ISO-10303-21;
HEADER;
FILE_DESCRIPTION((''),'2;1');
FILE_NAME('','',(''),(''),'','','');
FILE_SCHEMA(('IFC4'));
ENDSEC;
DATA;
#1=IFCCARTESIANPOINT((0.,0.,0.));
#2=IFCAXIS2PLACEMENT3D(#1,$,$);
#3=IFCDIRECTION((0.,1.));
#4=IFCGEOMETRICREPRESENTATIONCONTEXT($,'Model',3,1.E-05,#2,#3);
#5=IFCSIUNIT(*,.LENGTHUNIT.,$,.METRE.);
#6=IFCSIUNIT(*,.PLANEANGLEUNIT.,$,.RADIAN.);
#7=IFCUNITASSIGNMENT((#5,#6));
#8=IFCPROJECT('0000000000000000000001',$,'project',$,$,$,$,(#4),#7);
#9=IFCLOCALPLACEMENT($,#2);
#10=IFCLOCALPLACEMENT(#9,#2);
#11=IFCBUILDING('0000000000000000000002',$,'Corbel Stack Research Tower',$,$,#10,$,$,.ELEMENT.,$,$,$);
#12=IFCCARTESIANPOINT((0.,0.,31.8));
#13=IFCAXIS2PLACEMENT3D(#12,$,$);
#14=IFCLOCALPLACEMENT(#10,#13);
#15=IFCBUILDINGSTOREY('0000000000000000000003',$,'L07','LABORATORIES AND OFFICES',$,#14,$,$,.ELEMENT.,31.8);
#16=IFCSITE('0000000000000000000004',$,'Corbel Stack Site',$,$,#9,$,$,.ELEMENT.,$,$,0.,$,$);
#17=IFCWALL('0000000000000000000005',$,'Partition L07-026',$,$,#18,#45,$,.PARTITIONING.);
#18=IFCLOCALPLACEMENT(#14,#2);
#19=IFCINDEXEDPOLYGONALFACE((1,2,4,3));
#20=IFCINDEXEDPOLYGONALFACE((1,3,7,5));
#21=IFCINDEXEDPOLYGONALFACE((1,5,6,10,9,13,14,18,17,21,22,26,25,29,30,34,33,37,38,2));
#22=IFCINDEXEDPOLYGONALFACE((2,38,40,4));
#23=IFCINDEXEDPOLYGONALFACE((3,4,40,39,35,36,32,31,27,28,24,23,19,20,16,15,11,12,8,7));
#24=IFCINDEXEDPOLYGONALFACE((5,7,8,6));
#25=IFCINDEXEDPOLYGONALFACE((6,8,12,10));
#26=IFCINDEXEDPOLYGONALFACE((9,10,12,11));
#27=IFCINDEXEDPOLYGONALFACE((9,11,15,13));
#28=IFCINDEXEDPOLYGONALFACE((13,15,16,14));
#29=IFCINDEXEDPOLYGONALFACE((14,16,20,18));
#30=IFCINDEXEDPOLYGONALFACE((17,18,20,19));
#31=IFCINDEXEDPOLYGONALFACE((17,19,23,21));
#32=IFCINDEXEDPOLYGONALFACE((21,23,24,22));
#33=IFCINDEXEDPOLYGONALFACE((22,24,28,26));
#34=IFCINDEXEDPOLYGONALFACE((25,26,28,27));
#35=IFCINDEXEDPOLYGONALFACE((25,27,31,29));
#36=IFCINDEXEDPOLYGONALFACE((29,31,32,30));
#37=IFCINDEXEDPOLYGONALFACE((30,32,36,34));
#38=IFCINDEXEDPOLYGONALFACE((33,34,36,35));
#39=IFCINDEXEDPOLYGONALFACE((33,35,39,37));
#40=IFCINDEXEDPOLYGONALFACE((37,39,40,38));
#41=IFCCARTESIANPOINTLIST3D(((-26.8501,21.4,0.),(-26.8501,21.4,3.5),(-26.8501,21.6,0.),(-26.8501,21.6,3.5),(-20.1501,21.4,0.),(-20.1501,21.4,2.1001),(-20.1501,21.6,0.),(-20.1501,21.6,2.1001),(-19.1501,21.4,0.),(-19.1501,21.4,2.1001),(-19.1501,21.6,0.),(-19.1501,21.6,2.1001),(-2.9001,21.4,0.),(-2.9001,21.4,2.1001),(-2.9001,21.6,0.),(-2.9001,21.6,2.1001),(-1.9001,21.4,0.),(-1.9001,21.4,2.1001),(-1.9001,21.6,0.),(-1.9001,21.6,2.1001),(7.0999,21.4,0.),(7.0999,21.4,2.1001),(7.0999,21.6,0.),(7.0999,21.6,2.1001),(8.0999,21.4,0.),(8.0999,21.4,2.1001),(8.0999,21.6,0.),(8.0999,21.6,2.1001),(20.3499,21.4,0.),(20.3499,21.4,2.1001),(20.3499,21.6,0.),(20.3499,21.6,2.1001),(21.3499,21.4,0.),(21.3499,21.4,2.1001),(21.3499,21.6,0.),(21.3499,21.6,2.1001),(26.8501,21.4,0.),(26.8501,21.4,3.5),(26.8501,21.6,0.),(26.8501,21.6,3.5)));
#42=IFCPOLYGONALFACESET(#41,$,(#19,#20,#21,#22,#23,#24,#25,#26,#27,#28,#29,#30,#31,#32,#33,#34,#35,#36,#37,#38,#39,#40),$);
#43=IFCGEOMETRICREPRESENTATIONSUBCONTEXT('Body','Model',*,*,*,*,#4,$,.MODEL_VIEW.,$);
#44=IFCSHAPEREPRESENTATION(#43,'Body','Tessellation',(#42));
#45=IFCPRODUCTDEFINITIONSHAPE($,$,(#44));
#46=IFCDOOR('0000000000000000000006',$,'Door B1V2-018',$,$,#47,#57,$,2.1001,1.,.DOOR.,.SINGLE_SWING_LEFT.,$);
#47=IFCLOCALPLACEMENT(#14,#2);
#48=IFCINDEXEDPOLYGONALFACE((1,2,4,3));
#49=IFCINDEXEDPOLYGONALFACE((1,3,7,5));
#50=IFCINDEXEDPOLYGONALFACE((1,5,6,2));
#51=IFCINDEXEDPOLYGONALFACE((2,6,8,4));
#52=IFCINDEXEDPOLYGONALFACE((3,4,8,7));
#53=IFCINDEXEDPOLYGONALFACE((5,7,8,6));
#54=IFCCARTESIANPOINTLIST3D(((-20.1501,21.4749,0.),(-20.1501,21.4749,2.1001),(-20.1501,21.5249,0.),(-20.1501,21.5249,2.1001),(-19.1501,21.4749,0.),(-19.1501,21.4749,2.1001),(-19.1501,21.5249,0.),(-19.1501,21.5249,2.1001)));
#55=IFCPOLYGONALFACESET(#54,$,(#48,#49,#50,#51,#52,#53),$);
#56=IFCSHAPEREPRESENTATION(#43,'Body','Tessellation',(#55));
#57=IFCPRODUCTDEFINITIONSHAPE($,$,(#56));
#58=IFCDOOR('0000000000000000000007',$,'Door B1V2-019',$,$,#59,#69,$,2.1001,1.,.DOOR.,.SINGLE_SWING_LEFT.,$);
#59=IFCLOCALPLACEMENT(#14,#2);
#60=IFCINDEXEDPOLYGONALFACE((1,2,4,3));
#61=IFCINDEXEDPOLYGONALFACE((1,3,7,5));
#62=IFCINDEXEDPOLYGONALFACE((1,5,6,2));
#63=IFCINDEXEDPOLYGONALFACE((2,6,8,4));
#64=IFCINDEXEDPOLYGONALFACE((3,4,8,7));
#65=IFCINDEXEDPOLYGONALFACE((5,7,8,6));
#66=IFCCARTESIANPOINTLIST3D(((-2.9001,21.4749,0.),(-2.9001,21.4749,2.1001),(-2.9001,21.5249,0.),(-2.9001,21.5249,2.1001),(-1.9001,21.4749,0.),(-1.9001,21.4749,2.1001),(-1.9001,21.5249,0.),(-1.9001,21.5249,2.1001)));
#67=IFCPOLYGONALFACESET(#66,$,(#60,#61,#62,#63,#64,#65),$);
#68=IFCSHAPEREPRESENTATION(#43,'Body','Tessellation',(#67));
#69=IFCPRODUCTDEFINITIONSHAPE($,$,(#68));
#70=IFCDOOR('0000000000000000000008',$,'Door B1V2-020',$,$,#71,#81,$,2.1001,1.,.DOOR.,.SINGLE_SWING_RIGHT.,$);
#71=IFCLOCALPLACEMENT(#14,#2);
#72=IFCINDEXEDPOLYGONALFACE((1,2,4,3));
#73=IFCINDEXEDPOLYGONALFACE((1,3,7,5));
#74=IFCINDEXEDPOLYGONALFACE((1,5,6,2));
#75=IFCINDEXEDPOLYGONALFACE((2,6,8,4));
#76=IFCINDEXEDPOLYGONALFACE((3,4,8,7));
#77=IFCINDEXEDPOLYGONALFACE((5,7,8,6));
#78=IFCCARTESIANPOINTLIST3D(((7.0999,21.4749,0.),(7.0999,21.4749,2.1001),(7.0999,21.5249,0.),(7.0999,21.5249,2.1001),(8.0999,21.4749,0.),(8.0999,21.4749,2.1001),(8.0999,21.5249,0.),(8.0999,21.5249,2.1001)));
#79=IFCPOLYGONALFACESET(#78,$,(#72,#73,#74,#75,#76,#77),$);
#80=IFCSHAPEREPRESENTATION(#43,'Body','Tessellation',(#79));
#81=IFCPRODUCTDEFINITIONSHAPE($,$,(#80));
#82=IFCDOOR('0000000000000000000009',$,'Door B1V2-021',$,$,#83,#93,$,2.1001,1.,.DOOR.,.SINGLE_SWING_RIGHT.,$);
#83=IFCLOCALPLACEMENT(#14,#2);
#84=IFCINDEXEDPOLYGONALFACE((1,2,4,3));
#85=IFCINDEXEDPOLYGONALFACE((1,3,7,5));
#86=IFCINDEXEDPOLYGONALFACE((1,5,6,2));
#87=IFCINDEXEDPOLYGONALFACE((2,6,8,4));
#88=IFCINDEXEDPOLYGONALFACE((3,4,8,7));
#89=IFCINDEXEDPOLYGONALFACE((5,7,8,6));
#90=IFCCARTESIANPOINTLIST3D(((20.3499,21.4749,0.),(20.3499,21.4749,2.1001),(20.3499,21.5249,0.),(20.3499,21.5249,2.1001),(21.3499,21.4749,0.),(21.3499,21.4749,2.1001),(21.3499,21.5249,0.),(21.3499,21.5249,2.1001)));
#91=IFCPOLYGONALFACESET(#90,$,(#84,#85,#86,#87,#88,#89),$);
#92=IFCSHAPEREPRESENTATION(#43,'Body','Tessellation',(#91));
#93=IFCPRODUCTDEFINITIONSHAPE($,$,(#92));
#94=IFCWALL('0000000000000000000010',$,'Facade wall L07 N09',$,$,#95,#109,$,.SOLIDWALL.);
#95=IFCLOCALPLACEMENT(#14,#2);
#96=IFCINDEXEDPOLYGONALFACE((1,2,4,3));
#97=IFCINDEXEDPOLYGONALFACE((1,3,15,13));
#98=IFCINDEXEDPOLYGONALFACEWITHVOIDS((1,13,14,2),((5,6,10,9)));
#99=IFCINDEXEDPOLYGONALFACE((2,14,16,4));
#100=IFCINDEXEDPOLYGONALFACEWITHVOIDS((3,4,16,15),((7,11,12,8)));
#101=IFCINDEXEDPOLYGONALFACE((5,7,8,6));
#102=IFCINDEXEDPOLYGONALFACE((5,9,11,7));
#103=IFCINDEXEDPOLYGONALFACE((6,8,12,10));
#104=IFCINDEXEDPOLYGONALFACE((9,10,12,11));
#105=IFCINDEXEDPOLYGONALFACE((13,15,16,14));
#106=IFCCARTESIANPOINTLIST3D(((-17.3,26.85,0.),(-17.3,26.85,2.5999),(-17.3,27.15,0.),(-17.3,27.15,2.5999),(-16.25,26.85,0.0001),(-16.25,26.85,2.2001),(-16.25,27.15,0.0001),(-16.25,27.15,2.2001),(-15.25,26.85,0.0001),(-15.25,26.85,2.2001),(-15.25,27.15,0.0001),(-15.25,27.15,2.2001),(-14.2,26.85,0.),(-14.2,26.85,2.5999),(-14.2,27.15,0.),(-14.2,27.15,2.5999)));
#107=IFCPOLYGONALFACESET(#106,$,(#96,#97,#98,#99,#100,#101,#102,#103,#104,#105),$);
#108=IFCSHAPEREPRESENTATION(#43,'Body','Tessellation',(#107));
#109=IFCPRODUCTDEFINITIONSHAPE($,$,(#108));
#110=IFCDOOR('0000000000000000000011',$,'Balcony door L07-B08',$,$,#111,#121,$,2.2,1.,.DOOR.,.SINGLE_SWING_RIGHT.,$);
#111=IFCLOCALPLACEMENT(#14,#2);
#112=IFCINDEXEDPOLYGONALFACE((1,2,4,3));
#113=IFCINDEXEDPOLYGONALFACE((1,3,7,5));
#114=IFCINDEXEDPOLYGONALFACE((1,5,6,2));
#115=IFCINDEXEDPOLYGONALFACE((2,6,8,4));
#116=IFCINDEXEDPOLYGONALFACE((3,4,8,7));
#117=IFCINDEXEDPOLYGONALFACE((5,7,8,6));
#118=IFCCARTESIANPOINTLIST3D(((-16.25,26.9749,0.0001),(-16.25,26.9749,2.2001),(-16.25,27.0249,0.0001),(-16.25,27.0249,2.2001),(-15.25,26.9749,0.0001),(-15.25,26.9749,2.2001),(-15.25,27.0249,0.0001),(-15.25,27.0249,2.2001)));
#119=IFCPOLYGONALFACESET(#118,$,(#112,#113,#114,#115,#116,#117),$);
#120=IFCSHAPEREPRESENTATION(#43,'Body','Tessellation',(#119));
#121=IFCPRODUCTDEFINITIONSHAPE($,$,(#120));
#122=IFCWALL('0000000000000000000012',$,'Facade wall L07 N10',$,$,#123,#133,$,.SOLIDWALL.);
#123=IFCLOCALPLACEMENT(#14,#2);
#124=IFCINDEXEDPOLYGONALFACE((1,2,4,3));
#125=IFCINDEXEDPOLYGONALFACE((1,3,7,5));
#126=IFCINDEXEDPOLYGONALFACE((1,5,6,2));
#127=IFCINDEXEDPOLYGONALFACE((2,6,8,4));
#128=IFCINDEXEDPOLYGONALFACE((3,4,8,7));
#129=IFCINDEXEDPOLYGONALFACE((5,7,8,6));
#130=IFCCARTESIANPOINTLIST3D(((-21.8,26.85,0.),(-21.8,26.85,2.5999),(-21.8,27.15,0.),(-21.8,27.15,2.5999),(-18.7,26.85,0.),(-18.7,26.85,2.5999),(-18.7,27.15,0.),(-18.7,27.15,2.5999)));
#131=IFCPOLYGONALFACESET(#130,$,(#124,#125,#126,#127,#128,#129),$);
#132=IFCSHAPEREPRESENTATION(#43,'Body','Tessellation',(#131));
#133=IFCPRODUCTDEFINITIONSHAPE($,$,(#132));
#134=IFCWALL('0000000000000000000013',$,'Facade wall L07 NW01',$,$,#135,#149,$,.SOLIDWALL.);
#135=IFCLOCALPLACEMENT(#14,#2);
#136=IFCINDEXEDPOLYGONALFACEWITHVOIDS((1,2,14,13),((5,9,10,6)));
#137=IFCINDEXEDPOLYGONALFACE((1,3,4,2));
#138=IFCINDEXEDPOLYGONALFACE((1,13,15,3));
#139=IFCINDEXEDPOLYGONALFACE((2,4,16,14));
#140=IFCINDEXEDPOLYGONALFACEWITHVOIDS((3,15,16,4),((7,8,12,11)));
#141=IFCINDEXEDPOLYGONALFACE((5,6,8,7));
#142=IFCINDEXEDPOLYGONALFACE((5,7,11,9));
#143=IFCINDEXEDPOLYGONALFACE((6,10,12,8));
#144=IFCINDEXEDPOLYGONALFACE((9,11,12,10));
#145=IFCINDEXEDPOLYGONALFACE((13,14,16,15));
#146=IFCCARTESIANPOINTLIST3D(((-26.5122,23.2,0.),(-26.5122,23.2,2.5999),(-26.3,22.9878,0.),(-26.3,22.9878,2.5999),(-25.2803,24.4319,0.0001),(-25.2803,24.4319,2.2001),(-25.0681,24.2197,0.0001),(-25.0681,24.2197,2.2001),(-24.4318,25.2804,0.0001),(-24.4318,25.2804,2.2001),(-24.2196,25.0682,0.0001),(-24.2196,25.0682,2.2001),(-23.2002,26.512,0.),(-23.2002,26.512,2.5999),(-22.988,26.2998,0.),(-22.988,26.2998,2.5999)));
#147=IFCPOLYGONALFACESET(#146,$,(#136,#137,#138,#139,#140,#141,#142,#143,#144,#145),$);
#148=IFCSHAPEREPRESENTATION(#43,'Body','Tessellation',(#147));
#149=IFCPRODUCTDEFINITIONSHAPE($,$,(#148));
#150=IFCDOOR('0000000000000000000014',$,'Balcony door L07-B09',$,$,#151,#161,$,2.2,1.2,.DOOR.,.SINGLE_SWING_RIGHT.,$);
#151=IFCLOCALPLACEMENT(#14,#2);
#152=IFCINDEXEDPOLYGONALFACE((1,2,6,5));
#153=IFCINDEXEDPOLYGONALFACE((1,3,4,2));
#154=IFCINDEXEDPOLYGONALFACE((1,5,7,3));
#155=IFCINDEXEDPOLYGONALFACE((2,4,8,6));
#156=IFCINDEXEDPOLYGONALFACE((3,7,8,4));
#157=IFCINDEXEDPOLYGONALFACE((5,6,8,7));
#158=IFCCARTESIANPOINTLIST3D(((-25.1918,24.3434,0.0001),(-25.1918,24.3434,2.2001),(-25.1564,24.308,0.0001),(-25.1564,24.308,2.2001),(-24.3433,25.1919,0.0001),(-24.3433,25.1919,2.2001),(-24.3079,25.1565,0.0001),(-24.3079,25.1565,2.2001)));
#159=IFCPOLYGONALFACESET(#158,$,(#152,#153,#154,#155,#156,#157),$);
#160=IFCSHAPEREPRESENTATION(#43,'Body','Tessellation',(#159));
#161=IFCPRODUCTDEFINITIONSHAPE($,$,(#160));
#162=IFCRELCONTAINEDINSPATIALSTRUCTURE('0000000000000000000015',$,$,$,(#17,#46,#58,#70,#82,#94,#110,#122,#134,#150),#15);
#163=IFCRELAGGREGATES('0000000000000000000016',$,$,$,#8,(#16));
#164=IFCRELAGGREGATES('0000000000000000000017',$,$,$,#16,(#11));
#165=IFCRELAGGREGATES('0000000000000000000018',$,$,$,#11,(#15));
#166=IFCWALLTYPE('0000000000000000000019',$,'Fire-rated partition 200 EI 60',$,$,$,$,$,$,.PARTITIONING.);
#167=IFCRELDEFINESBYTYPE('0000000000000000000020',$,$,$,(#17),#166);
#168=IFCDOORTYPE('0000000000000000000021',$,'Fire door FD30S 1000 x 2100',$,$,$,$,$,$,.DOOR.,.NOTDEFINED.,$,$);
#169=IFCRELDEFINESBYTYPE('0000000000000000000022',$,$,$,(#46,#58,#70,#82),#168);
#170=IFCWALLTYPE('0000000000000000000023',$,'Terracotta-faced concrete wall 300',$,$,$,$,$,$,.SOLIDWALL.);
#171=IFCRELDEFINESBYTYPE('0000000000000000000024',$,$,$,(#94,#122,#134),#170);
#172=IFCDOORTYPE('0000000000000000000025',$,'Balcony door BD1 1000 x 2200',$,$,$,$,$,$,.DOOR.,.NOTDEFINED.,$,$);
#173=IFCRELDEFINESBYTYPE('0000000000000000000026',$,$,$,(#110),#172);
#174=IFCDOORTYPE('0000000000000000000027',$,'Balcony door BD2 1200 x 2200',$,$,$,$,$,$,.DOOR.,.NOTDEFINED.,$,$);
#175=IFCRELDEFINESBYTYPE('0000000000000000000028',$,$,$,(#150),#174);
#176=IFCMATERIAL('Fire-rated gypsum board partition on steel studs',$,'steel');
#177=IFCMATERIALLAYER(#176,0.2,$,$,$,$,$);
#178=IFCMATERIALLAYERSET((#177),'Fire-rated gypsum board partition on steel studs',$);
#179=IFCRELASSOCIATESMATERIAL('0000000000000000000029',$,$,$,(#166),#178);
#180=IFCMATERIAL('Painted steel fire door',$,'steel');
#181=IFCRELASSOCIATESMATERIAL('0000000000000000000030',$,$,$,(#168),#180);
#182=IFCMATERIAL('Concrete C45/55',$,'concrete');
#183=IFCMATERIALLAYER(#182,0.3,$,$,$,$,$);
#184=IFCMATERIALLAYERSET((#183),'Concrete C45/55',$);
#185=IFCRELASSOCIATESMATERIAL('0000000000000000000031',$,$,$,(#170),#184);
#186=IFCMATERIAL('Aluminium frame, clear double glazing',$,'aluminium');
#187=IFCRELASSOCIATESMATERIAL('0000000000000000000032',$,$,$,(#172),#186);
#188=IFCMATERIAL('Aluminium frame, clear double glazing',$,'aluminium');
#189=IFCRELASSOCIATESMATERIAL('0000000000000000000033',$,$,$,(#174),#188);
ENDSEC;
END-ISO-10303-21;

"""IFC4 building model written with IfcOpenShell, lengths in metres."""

from ifc_helpers import new_model, si_unit, direction, frame, frame_2d, origin, place, context, subcontext, project, spatial, rectangle, extrude, material, layer, layer_set, type_object, element, fill, save


model = new_model("IFC4")

# Units and contexts
model_context = context("Model", 3, precision=1e-05, world=origin(), true_north=direction((0.0, 1.0)))
body_context = subcontext(model_context, "Body", "Model", "MODEL_VIEW")
ifc_project = project(units=[si_unit("LENGTHUNIT", "METRE"), si_unit("PLANEANGLEUNIT", "RADIAN")], contexts=[model_context])

# Site, building, storey
site_placement = place(None, origin())
site = spatial("IfcSite", under=ifc_project, at=site_placement, Name="Corbel Stack Site", CompositionType="ELEMENT", RefElevation=0.0)
building_placement = place(site_placement, origin())
building = spatial("IfcBuilding", under=site, at=building_placement, Name="Corbel Stack Research Tower", CompositionType="ELEMENT")
storey_placement = place(building_placement, frame((0.0, 0.0, 31.8)))
storey = spatial("IfcBuildingStorey", under=building, at=storey_placement, Name="L07", Description="LABORATORIES AND OFFICES", CompositionType="ELEMENT", Elevation=31.8)

# Shared definitions
ifc_material_1 = material(Name="Fire-rated gypsum board partition on steel studs", Category="steel")
ifc_layer_1 = layer(ifc_material_1, 0.2)
ifc_layer_set_1 = layer_set([ifc_layer_1], Name="Fire-rated gypsum board partition on steel studs")
wall_type_1 = type_object("IfcWallType", Name="Fire-rated partition 200 EI 60", PredefinedType="PARTITIONING", material=ifc_layer_set_1)

# Wall, openings, doors
wall_1_placement = place(storey_placement, frame((-26.8501, 21.5, 0.0), z_axis=(0.0, 0.0, 1.0), x_axis=(1.0, 0.0, 0.0)))
wall_1 = element("IfcWall", 1, at=wall_1_placement, inside=storey, type_object=wall_type_1, Name="Partition L07-026", PredefinedType="PARTITIONING", context=body_context, shape_type="SweptSolid", body=[
    extrude(rectangle(XDim=53.7002, YDim=0.2, at=frame_2d((26.8501, 0.0))), origin(), (0.0, 0.0, 1.0), 3.5),
])
opening_1_placement = place(wall_1_placement, frame((6.7, 0.0, 0.0)))
opening_1 = element("IfcOpeningElement", 2, at=opening_1_placement, cuts=wall_1, PredefinedType="OPENING", context=body_context, shape_type="SweptSolid", body=[
    extrude(rectangle(XDim=1.0, YDim=2.1001, at=frame_2d((0.5, 1.05))), frame((0.0, 0.1099, 0.0), z_axis=(0.0, -1.0, 0.0), x_axis=(1.0, 0.0, 0.0)), (0.0, 0.0, 1.0), 0.22),
])
opening_2_placement = place(wall_1_placement, frame((23.95, 0.0, 0.0)))
opening_2 = element("IfcOpeningElement", 3, at=opening_2_placement, cuts=wall_1, PredefinedType="OPENING", context=body_context, shape_type="SweptSolid", body=[
    extrude(rectangle(XDim=1.0, YDim=2.1001, at=frame_2d((0.5, 1.05))), frame((0.0, 0.1099, 0.0), z_axis=(0.0, -1.0, 0.0), x_axis=(1.0, 0.0, 0.0)), (0.0, 0.0, 1.0), 0.22),
])
opening_3_placement = place(wall_1_placement, frame((33.95, 0.0, 0.0)))
opening_3 = element("IfcOpeningElement", 4, at=opening_3_placement, cuts=wall_1, PredefinedType="OPENING", context=body_context, shape_type="SweptSolid", body=[
    extrude(rectangle(XDim=1.0, YDim=2.1001, at=frame_2d((0.5, 1.05))), frame((0.0, 0.1099, 0.0), z_axis=(0.0, -1.0, 0.0), x_axis=(1.0, 0.0, 0.0)), (0.0, 0.0, 1.0), 0.22),
])
opening_4_placement = place(wall_1_placement, frame((47.2, 0.0, 0.0)))
opening_4 = element("IfcOpeningElement", 5, at=opening_4_placement, cuts=wall_1, PredefinedType="OPENING", context=body_context, shape_type="SweptSolid", body=[
    extrude(rectangle(XDim=1.0, YDim=2.1001, at=frame_2d((0.5, 1.05))), frame((0.0, 0.1099, 0.0), z_axis=(0.0, -1.0, 0.0), x_axis=(1.0, 0.0, 0.0)), (0.0, 0.0, 1.0), 0.22),
])
ifc_material_2 = material(Name="Painted steel fire door", Category="steel")
door_type_1 = type_object("IfcDoorType", Name="Fire door FD30S 1000 x 2100", OperationType="NOTDEFINED", PredefinedType="DOOR", material=ifc_material_2)
door_1_placement = place(opening_1_placement, origin())
door_1 = element("IfcDoor", 6, at=door_1_placement, inside=storey, type_object=door_type_1, Name="Door B1V2-018", OperationType="SINGLE_SWING_LEFT", OverallHeight=2.1001, OverallWidth=1.0, PredefinedType="DOOR", context=body_context, shape_type="SweptSolid", body=[
    extrude(rectangle(XDim=1.0, YDim=2.1001, at=frame_2d((0.5, 1.05))), frame((0.0, 0.0249, 0.0), z_axis=(0.0, -1.0, 0.0), x_axis=(1.0, 0.0, 0.0)), (0.0, 0.0, 1.0), 0.05),
])
fill(opening_1, door_1)
door_2_placement = place(opening_2_placement, origin())
door_2 = element("IfcDoor", 7, at=door_2_placement, inside=storey, type_object=door_type_1, Name="Door B1V2-019", OperationType="SINGLE_SWING_LEFT", OverallHeight=2.1001, OverallWidth=1.0, PredefinedType="DOOR", context=body_context, shape_type="SweptSolid", body=[
    extrude(rectangle(XDim=1.0, YDim=2.1001, at=frame_2d((0.5, 1.05))), frame((0.0, 0.0249, 0.0), z_axis=(0.0, -1.0, 0.0), x_axis=(1.0, 0.0, 0.0)), (0.0, 0.0, 1.0), 0.05),
])
fill(opening_2, door_2)
door_3_placement = place(opening_3_placement, origin())
door_3 = element("IfcDoor", 8, at=door_3_placement, inside=storey, type_object=door_type_1, Name="Door B1V2-020", OperationType="SINGLE_SWING_RIGHT", OverallHeight=2.1001, OverallWidth=1.0, PredefinedType="DOOR", context=body_context, shape_type="SweptSolid", body=[
    extrude(rectangle(XDim=1.0, YDim=2.1001, at=frame_2d((0.5, 1.05))), frame((0.0, 0.0249, 0.0), z_axis=(0.0, -1.0, 0.0), x_axis=(1.0, 0.0, 0.0)), (0.0, 0.0, 1.0), 0.05),
])
fill(opening_3, door_3)
door_4_placement = place(opening_4_placement, origin())
door_4 = element("IfcDoor", 9, at=door_4_placement, inside=storey, type_object=door_type_1, Name="Door B1V2-021", OperationType="SINGLE_SWING_RIGHT", OverallHeight=2.1001, OverallWidth=1.0, PredefinedType="DOOR", context=body_context, shape_type="SweptSolid", body=[
    extrude(rectangle(XDim=1.0, YDim=2.1001, at=frame_2d((0.5, 1.05))), frame((0.0, 0.0249, 0.0), z_axis=(0.0, -1.0, 0.0), x_axis=(1.0, 0.0, 0.0)), (0.0, 0.0, 1.0), 0.05),
])
fill(opening_4, door_4)

# Wall, opening, door
ifc_material_3 = material(Name="Concrete C45/55", Category="concrete")
ifc_layer_2 = layer(ifc_material_3, 0.3)
ifc_layer_set_2 = layer_set([ifc_layer_2], Name="Concrete C45/55")
wall_type_2 = type_object("IfcWallType", Name="Terracotta-faced concrete wall 300", PredefinedType="SOLIDWALL", material=ifc_layer_set_2)
wall_2_placement = place(storey_placement, frame((-17.3, 27.0, 0.0), z_axis=(0.0, 0.0, 1.0), x_axis=(1.0, 0.0, 0.0)))
wall_2 = element("IfcWall", 10, at=wall_2_placement, inside=storey, type_object=wall_type_2, Name="Facade wall L07 N09", PredefinedType="SOLIDWALL", context=body_context, shape_type="SweptSolid", body=[
    extrude(rectangle(XDim=3.1001, YDim=0.3, at=frame_2d((1.55, 0.0))), origin(), (0.0, 0.0, 1.0), 2.5999),
])
opening_5_placement = place(wall_2_placement, frame((1.05, 0.0, 0.0)))
opening_5 = element("IfcOpeningElement", 11, at=opening_5_placement, cuts=wall_2, PredefinedType="OPENING", context=body_context, shape_type="SweptSolid", body=[
    extrude(rectangle(XDim=1.0, YDim=2.2, at=frame_2d((0.5, 1.1001))), frame((0.0, 0.1599, 0.0), z_axis=(0.0, -1.0, 0.0), x_axis=(1.0, 0.0, 0.0)), (0.0, 0.0, 1.0), 0.3201),
])
ifc_material_4 = material(Name="Aluminium frame, clear double glazing", Category="aluminium")
door_type_2 = type_object("IfcDoorType", Name="Balcony door BD1 1000 x 2200", OperationType="NOTDEFINED", PredefinedType="DOOR", material=ifc_material_4)
door_5_placement = place(opening_5_placement, origin())
door_5 = element("IfcDoor", 12, at=door_5_placement, inside=storey, type_object=door_type_2, Name="Balcony door L07-B08", OperationType="SINGLE_SWING_RIGHT", OverallHeight=2.2, OverallWidth=1.0, PredefinedType="DOOR", context=body_context, shape_type="SweptSolid", body=[
    extrude(rectangle(XDim=1.0, YDim=2.2, at=frame_2d((0.5, 1.1001))), frame((0.0, 0.0249, 0.0), z_axis=(0.0, -1.0, 0.0), x_axis=(1.0, 0.0, 0.0)), (0.0, 0.0, 1.0), 0.05),
])
fill(opening_5, door_5)

# Wall
wall_3_placement = place(storey_placement, frame((-21.8, 27.0, 0.0), z_axis=(0.0, 0.0, 1.0), x_axis=(1.0, 0.0, 0.0)))
element("IfcWall", 13, at=wall_3_placement, inside=storey, type_object=wall_type_2, Name="Facade wall L07 N10", PredefinedType="SOLIDWALL", context=body_context, shape_type="SweptSolid", body=[
    extrude(rectangle(XDim=3.1001, YDim=0.3, at=frame_2d((1.55, 0.0))), origin(), (0.0, 0.0, 1.0), 2.5999),
])

# Wall, opening, door
wall_4_placement = place(storey_placement, frame((-26.406, 23.094, 0.0), z_axis=(0.0, 0.0, 1.0), x_axis=(0.707107, 0.707107, 0.0)))
wall_4 = element("IfcWall", 14, at=wall_4_placement, inside=storey, type_object=wall_type_2, Name="Facade wall L07 NW01", PredefinedType="SOLIDWALL", context=body_context, shape_type="SweptSolid", body=[
    extrude(rectangle(XDim=4.6838, YDim=0.3, at=frame_2d((2.3418, 0.0))), origin(), (0.0, 0.0, 1.0), 2.5999),
])
opening_6_placement = place(wall_4_placement, frame((1.7419, 0.0, 0.0)))
opening_6 = element("IfcOpeningElement", 15, at=opening_6_placement, cuts=wall_4, PredefinedType="OPENING", context=body_context, shape_type="SweptSolid", body=[
    extrude(rectangle(XDim=1.2, YDim=2.2, at=frame_2d((0.6001, 1.1001))), frame((0.0, 0.1599, 0.0), z_axis=(0.0, -1.0, 0.0), x_axis=(1.0, 0.0, 0.0)), (0.0, 0.0, 1.0), 0.3201),
])
ifc_material_5 = material(Name="Aluminium frame, clear double glazing", Category="aluminium")
door_type_3 = type_object("IfcDoorType", Name="Balcony door BD2 1200 x 2200", OperationType="NOTDEFINED", PredefinedType="DOOR", material=ifc_material_5)
door_6_placement = place(opening_6_placement, origin())
door_6 = element("IfcDoor", 16, at=door_6_placement, inside=storey, type_object=door_type_3, Name="Balcony door L07-B09", OperationType="SINGLE_SWING_RIGHT", OverallHeight=2.2, OverallWidth=1.2, PredefinedType="DOOR", context=body_context, shape_type="SweptSolid", body=[
    extrude(rectangle(XDim=1.2, YDim=2.2, at=frame_2d((0.6001, 1.1001))), frame((0.0, 0.0249, 0.0), z_axis=(0.0, -1.0, 0.0), x_axis=(1.0, 0.0, 0.0)), (0.0, 0.0, 1.0), 0.05),
])
fill(opening_6, door_6)

save(model, "model.ifc")
